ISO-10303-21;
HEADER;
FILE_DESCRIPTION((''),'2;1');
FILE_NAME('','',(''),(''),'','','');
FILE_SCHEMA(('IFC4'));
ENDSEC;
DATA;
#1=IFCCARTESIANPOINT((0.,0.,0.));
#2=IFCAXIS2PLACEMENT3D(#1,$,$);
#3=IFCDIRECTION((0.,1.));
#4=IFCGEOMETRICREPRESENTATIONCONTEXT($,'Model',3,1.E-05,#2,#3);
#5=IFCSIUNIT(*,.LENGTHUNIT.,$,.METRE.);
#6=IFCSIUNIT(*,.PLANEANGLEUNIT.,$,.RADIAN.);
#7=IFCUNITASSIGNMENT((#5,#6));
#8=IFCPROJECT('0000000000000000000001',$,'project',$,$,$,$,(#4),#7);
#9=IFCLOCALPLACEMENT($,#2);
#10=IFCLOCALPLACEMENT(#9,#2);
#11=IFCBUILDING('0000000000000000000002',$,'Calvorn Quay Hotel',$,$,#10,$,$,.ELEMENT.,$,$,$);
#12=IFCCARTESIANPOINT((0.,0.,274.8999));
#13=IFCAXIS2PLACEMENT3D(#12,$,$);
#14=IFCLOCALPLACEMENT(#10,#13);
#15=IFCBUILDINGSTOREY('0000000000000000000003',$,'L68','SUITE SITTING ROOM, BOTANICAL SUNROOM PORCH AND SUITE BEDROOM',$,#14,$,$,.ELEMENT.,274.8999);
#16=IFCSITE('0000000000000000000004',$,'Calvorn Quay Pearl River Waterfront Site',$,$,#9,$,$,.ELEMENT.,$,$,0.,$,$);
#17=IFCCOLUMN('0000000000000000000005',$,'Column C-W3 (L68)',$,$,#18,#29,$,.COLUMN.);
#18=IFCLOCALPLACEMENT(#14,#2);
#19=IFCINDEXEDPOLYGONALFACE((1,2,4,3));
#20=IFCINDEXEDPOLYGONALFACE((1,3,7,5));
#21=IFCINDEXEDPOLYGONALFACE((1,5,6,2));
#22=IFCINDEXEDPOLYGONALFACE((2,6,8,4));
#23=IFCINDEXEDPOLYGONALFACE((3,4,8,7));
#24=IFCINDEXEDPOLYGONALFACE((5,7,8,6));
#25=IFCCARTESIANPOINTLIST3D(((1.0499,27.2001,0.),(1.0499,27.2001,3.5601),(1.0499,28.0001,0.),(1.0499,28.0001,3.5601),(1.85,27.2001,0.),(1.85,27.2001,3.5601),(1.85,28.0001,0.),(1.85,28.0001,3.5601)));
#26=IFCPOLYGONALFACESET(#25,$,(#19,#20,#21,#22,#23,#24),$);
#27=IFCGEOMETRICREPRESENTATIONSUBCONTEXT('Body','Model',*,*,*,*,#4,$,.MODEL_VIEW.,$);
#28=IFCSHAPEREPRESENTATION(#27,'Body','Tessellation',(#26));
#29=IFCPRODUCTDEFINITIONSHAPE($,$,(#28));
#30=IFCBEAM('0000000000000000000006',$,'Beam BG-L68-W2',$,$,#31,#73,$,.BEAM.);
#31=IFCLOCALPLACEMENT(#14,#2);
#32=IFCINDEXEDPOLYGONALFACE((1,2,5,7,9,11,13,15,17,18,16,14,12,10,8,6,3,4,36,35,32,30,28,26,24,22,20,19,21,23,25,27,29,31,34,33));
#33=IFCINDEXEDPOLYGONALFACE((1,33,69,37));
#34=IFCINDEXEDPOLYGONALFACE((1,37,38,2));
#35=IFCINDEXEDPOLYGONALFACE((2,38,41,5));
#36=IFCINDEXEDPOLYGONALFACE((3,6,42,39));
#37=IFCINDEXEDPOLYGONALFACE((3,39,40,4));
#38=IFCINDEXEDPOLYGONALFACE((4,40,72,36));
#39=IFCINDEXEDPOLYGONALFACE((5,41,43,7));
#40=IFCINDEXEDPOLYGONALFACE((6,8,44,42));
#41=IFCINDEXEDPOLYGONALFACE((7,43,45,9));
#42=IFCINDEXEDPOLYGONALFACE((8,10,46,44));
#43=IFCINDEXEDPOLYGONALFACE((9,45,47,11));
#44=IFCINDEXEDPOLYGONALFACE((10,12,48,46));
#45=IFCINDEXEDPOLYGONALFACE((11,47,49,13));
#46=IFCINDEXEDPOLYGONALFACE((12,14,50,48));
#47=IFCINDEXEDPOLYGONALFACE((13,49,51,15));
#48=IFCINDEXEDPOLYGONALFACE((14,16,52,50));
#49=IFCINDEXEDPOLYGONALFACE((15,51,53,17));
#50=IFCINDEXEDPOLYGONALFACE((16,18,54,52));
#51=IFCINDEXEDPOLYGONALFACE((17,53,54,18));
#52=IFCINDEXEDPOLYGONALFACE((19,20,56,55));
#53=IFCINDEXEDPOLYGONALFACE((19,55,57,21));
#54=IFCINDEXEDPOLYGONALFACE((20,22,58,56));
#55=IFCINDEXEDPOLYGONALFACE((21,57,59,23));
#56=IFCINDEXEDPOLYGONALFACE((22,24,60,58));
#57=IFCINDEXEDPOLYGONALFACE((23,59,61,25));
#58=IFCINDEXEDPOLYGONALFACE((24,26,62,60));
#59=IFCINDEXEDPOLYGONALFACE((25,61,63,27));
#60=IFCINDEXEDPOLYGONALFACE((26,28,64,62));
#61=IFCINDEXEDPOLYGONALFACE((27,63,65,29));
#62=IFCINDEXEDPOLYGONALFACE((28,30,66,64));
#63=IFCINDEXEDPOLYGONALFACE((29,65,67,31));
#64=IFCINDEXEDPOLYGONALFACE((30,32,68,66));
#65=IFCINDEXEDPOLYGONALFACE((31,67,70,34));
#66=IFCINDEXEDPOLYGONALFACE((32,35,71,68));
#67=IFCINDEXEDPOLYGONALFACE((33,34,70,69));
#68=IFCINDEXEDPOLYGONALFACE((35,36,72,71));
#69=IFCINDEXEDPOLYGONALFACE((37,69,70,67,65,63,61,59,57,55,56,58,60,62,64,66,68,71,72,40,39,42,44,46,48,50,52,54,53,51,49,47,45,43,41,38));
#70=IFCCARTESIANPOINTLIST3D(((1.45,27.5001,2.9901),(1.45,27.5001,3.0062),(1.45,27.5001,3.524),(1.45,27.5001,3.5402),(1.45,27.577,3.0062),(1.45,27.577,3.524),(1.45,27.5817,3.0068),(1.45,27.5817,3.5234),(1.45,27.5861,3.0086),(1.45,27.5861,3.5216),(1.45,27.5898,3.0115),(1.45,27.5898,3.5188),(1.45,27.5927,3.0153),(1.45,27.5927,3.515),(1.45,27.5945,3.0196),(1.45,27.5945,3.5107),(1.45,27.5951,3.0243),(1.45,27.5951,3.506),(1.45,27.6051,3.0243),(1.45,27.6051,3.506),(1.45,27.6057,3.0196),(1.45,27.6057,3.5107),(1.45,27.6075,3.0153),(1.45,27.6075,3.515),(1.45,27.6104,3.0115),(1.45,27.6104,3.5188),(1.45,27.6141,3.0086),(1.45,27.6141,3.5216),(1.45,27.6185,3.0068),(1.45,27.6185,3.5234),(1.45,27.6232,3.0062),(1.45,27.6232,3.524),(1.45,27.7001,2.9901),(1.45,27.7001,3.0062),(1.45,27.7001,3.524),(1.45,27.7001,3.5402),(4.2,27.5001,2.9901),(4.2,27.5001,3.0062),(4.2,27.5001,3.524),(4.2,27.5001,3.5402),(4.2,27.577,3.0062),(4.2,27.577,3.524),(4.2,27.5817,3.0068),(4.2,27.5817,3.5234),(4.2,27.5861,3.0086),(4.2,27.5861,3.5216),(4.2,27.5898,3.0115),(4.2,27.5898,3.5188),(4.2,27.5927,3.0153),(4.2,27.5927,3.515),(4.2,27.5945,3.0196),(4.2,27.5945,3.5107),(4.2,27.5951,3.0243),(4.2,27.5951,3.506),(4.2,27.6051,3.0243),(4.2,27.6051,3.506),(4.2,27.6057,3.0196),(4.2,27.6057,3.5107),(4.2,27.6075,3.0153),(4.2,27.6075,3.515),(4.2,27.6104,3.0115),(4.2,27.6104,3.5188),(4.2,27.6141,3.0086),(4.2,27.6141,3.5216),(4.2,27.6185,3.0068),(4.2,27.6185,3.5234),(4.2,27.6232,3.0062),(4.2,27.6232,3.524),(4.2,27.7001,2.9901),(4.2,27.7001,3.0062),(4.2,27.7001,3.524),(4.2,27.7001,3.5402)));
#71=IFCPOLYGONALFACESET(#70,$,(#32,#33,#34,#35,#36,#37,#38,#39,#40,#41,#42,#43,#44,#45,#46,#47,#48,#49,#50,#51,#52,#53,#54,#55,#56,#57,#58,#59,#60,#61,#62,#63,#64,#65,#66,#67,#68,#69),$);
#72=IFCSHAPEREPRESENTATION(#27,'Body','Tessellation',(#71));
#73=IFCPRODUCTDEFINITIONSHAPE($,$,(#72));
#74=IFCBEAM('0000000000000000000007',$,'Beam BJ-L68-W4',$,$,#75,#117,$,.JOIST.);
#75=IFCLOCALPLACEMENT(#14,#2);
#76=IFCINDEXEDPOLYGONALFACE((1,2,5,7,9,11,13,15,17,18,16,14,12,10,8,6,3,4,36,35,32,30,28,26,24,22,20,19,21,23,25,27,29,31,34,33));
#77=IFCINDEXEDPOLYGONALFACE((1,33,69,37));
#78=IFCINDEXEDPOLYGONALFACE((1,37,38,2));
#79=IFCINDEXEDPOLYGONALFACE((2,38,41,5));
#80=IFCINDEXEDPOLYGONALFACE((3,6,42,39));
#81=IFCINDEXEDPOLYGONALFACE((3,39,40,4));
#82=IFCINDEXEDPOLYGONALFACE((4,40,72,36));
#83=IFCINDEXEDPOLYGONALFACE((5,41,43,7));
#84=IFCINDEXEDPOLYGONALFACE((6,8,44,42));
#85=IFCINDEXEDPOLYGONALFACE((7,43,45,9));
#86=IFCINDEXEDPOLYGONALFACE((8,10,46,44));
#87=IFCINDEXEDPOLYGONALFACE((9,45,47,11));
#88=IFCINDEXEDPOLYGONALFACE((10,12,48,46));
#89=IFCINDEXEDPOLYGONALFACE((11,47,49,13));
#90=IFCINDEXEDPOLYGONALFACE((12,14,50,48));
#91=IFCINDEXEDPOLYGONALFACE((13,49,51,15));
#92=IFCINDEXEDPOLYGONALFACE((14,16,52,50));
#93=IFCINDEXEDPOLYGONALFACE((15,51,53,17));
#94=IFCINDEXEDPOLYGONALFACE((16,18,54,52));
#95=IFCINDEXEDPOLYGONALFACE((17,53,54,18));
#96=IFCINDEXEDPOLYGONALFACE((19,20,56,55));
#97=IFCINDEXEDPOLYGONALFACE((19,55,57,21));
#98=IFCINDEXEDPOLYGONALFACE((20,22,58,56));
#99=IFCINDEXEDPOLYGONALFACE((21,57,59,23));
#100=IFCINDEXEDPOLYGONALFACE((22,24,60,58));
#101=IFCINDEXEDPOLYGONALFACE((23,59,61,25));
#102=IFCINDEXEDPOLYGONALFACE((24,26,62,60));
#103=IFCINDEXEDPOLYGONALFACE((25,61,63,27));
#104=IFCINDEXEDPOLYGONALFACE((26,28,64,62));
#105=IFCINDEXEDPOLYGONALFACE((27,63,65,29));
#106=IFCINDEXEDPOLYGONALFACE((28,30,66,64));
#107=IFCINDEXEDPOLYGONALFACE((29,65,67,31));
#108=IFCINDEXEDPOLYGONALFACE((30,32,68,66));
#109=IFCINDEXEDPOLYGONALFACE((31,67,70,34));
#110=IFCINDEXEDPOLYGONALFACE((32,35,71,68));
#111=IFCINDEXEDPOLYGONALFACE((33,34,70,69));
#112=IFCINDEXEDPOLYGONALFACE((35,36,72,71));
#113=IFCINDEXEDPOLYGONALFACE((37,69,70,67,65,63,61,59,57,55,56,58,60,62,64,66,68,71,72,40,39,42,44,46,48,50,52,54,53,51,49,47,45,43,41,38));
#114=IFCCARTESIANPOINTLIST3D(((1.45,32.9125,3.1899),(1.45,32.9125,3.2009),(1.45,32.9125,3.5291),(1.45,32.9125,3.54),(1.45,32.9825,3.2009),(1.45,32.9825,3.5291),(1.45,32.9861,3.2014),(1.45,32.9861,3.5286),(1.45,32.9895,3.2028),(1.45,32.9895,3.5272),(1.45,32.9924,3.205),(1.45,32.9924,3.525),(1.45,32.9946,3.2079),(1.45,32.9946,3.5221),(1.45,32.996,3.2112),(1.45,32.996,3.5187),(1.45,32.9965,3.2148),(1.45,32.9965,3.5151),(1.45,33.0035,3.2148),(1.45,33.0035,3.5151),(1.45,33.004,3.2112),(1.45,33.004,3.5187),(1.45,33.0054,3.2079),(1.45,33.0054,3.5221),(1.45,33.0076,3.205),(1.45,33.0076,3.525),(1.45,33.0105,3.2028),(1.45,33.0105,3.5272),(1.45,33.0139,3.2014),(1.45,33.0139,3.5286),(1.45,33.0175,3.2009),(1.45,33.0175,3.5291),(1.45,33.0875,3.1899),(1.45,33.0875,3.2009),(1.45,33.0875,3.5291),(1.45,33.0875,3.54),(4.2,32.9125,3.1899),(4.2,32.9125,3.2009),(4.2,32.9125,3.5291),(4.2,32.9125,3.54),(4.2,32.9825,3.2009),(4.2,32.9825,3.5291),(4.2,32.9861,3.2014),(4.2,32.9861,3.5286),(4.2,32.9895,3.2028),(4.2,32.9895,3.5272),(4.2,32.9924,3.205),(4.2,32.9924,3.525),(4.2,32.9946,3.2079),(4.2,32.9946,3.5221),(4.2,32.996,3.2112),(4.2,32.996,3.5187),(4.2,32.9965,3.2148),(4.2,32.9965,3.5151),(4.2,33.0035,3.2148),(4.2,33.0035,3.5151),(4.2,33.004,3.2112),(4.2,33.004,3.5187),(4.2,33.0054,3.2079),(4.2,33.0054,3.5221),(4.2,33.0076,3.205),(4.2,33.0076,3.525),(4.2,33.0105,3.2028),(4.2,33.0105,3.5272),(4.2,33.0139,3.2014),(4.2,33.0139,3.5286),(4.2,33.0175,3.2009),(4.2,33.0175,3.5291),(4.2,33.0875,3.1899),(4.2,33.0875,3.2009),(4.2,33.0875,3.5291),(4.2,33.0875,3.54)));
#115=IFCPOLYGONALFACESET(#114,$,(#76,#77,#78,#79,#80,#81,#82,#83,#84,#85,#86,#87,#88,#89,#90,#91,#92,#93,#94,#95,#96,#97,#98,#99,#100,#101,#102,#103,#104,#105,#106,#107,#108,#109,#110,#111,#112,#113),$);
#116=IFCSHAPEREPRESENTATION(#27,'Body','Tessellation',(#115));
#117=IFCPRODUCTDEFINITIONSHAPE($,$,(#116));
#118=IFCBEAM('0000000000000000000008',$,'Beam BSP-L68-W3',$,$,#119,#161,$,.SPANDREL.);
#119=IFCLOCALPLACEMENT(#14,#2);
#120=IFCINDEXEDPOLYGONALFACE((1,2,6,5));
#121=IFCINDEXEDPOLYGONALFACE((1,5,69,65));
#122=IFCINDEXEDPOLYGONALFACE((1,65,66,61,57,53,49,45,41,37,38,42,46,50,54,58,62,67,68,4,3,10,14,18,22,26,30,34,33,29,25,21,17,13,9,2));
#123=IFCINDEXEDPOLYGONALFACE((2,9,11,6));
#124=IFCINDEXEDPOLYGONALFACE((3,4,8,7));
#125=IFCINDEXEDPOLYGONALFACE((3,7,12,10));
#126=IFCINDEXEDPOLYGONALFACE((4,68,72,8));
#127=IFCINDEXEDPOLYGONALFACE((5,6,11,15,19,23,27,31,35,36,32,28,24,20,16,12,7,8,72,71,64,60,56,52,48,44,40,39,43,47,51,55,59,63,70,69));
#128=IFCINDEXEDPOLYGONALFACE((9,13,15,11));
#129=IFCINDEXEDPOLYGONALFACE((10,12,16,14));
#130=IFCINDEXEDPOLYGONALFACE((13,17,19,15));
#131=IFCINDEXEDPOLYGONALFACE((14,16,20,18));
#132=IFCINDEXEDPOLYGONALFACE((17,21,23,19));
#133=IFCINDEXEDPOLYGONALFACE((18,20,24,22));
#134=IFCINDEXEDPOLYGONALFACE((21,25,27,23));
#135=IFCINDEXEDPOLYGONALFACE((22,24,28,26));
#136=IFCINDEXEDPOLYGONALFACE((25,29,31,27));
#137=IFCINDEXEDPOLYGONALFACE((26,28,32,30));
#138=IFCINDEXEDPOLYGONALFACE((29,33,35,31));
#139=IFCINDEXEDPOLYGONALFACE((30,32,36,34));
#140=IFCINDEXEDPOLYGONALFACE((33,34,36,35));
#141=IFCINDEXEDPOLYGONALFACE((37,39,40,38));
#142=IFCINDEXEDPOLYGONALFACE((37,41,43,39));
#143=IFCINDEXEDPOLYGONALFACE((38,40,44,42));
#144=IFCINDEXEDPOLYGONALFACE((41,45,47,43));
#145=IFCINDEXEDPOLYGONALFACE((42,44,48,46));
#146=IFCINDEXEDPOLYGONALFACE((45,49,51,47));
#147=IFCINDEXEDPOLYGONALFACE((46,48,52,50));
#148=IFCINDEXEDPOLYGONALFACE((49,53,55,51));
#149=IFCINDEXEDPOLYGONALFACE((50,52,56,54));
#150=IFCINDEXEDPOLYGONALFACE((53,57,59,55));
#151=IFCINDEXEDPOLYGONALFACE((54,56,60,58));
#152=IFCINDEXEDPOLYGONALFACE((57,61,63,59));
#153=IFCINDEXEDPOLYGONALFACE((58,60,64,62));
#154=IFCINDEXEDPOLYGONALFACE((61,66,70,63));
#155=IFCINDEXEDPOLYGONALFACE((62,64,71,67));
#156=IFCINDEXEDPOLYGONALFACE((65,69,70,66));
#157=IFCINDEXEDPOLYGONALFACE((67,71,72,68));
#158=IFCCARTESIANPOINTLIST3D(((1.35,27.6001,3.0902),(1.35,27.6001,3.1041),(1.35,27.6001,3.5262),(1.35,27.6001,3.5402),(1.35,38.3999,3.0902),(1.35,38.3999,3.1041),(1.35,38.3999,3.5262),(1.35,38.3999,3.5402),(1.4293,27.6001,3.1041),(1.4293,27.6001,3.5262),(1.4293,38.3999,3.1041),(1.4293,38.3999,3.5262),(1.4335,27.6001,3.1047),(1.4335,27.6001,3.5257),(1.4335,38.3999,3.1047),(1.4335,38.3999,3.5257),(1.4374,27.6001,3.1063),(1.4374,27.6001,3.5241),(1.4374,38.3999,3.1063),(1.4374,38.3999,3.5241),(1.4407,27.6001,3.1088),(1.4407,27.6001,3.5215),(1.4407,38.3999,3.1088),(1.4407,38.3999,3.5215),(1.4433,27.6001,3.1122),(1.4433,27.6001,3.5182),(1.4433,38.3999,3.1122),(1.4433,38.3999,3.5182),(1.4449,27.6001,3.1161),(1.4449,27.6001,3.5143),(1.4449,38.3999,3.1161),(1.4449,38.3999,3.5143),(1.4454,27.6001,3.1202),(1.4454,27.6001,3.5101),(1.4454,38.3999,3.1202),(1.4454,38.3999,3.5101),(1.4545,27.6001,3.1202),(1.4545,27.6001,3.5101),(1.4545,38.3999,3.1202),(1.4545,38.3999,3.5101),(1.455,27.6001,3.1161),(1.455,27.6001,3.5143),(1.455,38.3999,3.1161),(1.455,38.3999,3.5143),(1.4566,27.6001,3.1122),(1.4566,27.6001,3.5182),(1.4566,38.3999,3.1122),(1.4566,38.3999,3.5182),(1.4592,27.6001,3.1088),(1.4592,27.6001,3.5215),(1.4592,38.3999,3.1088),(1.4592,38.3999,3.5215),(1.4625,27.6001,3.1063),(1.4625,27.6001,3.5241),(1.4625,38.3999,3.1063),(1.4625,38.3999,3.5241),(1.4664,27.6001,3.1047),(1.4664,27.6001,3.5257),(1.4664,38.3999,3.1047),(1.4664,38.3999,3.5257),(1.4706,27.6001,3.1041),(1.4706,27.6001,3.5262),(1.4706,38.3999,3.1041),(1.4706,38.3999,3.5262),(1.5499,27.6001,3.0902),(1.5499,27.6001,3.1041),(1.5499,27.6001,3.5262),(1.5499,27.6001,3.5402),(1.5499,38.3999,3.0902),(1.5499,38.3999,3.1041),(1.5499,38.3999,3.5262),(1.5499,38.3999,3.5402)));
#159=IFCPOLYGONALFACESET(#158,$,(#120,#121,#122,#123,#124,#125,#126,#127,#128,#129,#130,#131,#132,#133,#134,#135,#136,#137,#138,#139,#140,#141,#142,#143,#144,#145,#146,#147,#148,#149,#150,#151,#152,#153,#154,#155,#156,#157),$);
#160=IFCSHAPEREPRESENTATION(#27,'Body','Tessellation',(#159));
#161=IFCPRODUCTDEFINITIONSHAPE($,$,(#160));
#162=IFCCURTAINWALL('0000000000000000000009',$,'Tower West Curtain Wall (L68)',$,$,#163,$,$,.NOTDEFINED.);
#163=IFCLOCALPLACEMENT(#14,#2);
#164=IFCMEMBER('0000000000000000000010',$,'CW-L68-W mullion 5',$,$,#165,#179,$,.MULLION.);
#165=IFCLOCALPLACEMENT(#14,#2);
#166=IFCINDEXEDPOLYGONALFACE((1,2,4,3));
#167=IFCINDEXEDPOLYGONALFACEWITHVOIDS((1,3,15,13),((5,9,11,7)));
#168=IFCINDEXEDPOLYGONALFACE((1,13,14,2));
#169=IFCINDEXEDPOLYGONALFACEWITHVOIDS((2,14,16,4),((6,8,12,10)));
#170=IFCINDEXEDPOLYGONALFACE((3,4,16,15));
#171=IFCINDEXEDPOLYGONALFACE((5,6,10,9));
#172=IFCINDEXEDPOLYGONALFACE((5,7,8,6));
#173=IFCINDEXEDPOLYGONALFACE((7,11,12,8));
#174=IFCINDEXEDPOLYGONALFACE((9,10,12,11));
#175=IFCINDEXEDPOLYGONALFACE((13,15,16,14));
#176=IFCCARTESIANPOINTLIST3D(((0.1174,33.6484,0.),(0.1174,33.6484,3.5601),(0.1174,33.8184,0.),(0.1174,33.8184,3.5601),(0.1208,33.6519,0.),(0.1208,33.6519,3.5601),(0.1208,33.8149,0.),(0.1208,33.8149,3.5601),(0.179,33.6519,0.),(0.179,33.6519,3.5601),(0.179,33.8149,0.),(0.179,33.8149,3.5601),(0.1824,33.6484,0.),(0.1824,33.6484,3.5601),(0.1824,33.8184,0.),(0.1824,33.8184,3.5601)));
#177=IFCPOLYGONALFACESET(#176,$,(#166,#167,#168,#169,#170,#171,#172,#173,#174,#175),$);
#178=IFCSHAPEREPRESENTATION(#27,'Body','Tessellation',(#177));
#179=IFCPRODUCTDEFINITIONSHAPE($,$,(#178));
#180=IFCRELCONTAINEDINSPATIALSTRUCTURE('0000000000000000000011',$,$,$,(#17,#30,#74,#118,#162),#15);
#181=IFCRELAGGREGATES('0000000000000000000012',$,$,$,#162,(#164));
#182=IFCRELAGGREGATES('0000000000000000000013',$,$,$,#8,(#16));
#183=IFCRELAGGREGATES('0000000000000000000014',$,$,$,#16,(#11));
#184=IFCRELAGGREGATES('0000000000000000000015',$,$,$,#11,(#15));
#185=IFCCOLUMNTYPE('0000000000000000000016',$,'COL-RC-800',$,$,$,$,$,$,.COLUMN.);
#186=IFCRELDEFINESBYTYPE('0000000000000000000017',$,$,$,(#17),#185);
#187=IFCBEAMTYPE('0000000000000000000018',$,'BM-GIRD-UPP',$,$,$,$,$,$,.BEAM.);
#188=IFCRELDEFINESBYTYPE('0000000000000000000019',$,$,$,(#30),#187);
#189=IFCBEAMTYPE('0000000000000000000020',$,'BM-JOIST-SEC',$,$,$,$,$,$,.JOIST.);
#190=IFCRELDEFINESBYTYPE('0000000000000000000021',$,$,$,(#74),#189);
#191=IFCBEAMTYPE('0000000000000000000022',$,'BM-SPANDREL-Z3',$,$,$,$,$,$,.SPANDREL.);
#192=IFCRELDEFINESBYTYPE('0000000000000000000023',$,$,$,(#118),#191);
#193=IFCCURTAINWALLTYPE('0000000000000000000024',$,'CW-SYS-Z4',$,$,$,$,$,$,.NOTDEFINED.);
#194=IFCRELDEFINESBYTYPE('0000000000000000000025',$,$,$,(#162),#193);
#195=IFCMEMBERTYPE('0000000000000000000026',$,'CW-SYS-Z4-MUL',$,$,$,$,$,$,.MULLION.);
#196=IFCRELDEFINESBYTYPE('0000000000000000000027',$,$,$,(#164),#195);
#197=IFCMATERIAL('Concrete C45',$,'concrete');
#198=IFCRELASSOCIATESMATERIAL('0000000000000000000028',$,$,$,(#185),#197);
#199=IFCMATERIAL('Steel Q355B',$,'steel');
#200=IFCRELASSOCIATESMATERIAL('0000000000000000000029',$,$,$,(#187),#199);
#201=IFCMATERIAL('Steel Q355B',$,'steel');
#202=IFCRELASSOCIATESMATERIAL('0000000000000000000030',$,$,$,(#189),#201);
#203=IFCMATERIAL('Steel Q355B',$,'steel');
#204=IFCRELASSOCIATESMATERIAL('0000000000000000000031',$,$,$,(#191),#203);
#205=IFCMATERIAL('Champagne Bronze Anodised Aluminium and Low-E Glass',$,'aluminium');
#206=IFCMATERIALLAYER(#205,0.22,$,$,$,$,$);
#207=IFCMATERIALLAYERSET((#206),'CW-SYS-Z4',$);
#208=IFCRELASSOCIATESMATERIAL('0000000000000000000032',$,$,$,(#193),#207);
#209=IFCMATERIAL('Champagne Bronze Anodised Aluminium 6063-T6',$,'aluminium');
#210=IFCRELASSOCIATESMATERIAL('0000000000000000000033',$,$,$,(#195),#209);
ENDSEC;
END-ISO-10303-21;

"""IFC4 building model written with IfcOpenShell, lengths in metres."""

from ifc_helpers import new_model, si_unit, direction, frame, origin, origin_2d, place, context, subcontext, project, spatial, rectangle, hollow_rectangle, i_section, extrude, material, layer, layer_set, material_profile, profile_set, type_object, element, aggregate, save


model = new_model("IFC4")

# Units and contexts
model_context = context("Model", 3, precision=1e-05, world=origin(), true_north=direction((0.0, 1.0)))
body_context = subcontext(model_context, "Body", "Model", "MODEL_VIEW")
ifc_project = project(units=[si_unit("LENGTHUNIT", "METRE"), si_unit("PLANEANGLEUNIT", "RADIAN")], contexts=[model_context])

# Site, building, storey
site_placement = place(None, origin())
site = spatial("IfcSite", under=ifc_project, at=site_placement, Name="Calvorn Quay Pearl River Waterfront Site", CompositionType="ELEMENT", RefElevation=0.0)
building_placement = place(site_placement, origin())
building = spatial("IfcBuilding", under=site, at=building_placement, Name="Calvorn Quay Hotel", CompositionType="ELEMENT")
storey_placement = place(building_placement, frame((0.0, 0.0, 274.8999)))
storey = spatial("IfcBuildingStorey", under=building, at=storey_placement, Name="L68", Description="SUITE SITTING ROOM, BOTANICAL SUNROOM PORCH AND SUITE BEDROOM", CompositionType="ELEMENT", Elevation=274.8999)

# Column
ifc_material_1 = material(Name="Concrete C45", Category="concrete")
ifc_material_profile_1 = material_profile(ifc_material_1, rectangle(XDim=0.8, YDim=0.8, at=origin_2d()), Name="RC800x800")
ifc_profile_set_1 = profile_set([ifc_material_profile_1], Name="Concrete C45")
column_type = type_object("IfcColumnType", Name="COL-RC-800", PredefinedType="COLUMN", material=ifc_profile_set_1)
column_placement = place(storey_placement, frame((1.45, 27.6001, 0.0), z_axis=(0.0, 0.0, 1.0), x_axis=(1.0, 0.0, 0.0)))
element("IfcColumn", 1, at=column_placement, inside=storey, type_object=column_type, Name="Column C-W3 (L68)", PredefinedType="COLUMN", context=body_context, shape_type="SweptSolid", body=[
    extrude(rectangle(XDim=0.8, YDim=0.8, at=origin_2d()), origin(), (0.0, 0.0, 1.0), 3.5601),
])

# Beams
ifc_material_2 = material(Name="Steel Q355B", Category="steel")
ifc_material_profile_2 = material_profile(ifc_material_2, i_section(OverallWidth=0.2, OverallDepth=0.55, WebThickness=0.01, FlangeThickness=0.0161, FilletRadius=0.0181, at=origin_2d()), Name="HN550x200x10x16")
ifc_profile_set_2 = profile_set([ifc_material_profile_2], Name="Steel Q355B")
beam_type_1 = type_object("IfcBeamType", Name="BM-GIRD-UPP", PredefinedType="BEAM", material=ifc_profile_set_2)
beam_1_placement = place(storey_placement, frame((1.45, 27.6001, 3.2651), z_axis=(1.0, 0.0, 0.0), x_axis=(0.0, 1.0, 0.0)))
element("IfcBeam", 2, at=beam_1_placement, inside=storey, type_object=beam_type_1, Name="Beam BG-L68-W2", PredefinedType="BEAM", context=body_context, shape_type="SweptSolid", body=[
    extrude(i_section(OverallWidth=0.2, OverallDepth=0.55, WebThickness=0.01, FlangeThickness=0.0161, FilletRadius=0.0181, at=origin_2d()), origin(), (0.0, 0.0, 1.0), 2.75),
])
ifc_material_3 = material(Name="Steel Q355B", Category="steel")
ifc_material_profile_3 = material_profile(ifc_material_3, i_section(OverallWidth=0.175, OverallDepth=0.3501, WebThickness=0.0071, FlangeThickness=0.011, FilletRadius=0.0139, at=origin_2d()), Name="HN350x175x7x11")
ifc_profile_set_3 = profile_set([ifc_material_profile_3], Name="Steel Q355B")
beam_type_2 = type_object("IfcBeamType", Name="BM-JOIST-SEC", PredefinedType="JOIST", material=ifc_profile_set_3)
beam_2_placement = place(storey_placement, frame((1.45, 33.0, 3.365), z_axis=(1.0, 0.0, 0.0), x_axis=(0.0, 1.0, 0.0)))
element("IfcBeam", 3, at=beam_2_placement, inside=storey, type_object=beam_type_2, Name="Beam BJ-L68-W4", PredefinedType="JOIST", context=body_context, shape_type="SweptSolid", body=[
    extrude(i_section(OverallWidth=0.175, OverallDepth=0.3501, WebThickness=0.0071, FlangeThickness=0.011, FilletRadius=0.0139, at=origin_2d()), origin(), (0.0, 0.0, 1.0), 2.75),
])
ifc_material_4 = material(Name="Steel Q355B", Category="steel")
ifc_material_profile_4 = material_profile(ifc_material_4, i_section(OverallWidth=0.2, OverallDepth=0.45, WebThickness=0.009, FlangeThickness=0.0139, FilletRadius=0.0161, at=origin_2d()), Name="HN450x200x9x14")
ifc_profile_set_4 = profile_set([ifc_material_profile_4], Name="Steel Q355B")
beam_type_3 = type_object("IfcBeamType", Name="BM-SPANDREL-Z3", PredefinedType="SPANDREL", material=ifc_profile_set_4)
beam_3_placement = place(storey_placement, frame((1.45, 27.6001, 3.3152), z_axis=(0.0, 1.0, 0.0), x_axis=(-1.0, 0.0, 0.0)))
element("IfcBeam", 4, at=beam_3_placement, inside=storey, type_object=beam_type_3, Name="Beam BSP-L68-W3", PredefinedType="SPANDREL", context=body_context, shape_type="SweptSolid", body=[
    extrude(i_section(OverallWidth=0.2, OverallDepth=0.45, WebThickness=0.009, FlangeThickness=0.0139, FilletRadius=0.0161, at=origin_2d()), origin(), (0.0, 0.0, 1.0), 10.7998),
])

# Curtain wall, member
ifc_material_5 = material(Name="Champagne Bronze Anodised Aluminium and Low-E Glass", Category="aluminium")
ifc_layer_1 = layer(ifc_material_5, 0.22)
ifc_layer_set_1 = layer_set([ifc_layer_1], Name="CW-SYS-Z4")
curtain_wall_type = type_object("IfcCurtainWallType", Name="CW-SYS-Z4", PredefinedType="NOTDEFINED", material=ifc_layer_set_1)
curtain_wall_placement = place(storey_placement, origin())
curtain_wall = element("IfcCurtainWall", 5, at=curtain_wall_placement, inside=storey, type_object=curtain_wall_type, Name="Tower West Curtain Wall (L68)", PredefinedType="NOTDEFINED")
ifc_material_6 = material(Name="Champagne Bronze Anodised Aluminium 6063-T6", Category="aluminium")
ifc_material_profile_5 = material_profile(ifc_material_6, hollow_rectangle(XDim=0.0649, YDim=0.1699, WallThickness=0.0034, at=origin_2d()), Name="ALU-M170x65x3.5")
ifc_profile_set_5 = profile_set([ifc_material_profile_5], Name="Champagne Bronze Anodised Aluminium 6063-T6")
member_type_1 = type_object("IfcMemberType", Name="CW-SYS-Z4-MUL", PredefinedType="MULLION", material=ifc_profile_set_5)
member_1_placement = place(storey_placement, frame((0.1499, 33.7334, 0.0), z_axis=(0.0, 0.0, 1.0), x_axis=(-1.0, 0.0, 0.0)))
member_1 = element("IfcMember", 6, at=member_1_placement, type_object=member_type_1, Name="CW-L68-W mullion 5", PredefinedType="MULLION", context=body_context, shape_type="SweptSolid", body=[
    extrude(hollow_rectangle(XDim=0.0649, YDim=0.1699, WallThickness=0.0034, at=origin_2d()), origin(), (0.0, 0.0, 1.0), 3.5601),
])
aggregate(curtain_wall, [member_1])

save(model, "model.ifc")
